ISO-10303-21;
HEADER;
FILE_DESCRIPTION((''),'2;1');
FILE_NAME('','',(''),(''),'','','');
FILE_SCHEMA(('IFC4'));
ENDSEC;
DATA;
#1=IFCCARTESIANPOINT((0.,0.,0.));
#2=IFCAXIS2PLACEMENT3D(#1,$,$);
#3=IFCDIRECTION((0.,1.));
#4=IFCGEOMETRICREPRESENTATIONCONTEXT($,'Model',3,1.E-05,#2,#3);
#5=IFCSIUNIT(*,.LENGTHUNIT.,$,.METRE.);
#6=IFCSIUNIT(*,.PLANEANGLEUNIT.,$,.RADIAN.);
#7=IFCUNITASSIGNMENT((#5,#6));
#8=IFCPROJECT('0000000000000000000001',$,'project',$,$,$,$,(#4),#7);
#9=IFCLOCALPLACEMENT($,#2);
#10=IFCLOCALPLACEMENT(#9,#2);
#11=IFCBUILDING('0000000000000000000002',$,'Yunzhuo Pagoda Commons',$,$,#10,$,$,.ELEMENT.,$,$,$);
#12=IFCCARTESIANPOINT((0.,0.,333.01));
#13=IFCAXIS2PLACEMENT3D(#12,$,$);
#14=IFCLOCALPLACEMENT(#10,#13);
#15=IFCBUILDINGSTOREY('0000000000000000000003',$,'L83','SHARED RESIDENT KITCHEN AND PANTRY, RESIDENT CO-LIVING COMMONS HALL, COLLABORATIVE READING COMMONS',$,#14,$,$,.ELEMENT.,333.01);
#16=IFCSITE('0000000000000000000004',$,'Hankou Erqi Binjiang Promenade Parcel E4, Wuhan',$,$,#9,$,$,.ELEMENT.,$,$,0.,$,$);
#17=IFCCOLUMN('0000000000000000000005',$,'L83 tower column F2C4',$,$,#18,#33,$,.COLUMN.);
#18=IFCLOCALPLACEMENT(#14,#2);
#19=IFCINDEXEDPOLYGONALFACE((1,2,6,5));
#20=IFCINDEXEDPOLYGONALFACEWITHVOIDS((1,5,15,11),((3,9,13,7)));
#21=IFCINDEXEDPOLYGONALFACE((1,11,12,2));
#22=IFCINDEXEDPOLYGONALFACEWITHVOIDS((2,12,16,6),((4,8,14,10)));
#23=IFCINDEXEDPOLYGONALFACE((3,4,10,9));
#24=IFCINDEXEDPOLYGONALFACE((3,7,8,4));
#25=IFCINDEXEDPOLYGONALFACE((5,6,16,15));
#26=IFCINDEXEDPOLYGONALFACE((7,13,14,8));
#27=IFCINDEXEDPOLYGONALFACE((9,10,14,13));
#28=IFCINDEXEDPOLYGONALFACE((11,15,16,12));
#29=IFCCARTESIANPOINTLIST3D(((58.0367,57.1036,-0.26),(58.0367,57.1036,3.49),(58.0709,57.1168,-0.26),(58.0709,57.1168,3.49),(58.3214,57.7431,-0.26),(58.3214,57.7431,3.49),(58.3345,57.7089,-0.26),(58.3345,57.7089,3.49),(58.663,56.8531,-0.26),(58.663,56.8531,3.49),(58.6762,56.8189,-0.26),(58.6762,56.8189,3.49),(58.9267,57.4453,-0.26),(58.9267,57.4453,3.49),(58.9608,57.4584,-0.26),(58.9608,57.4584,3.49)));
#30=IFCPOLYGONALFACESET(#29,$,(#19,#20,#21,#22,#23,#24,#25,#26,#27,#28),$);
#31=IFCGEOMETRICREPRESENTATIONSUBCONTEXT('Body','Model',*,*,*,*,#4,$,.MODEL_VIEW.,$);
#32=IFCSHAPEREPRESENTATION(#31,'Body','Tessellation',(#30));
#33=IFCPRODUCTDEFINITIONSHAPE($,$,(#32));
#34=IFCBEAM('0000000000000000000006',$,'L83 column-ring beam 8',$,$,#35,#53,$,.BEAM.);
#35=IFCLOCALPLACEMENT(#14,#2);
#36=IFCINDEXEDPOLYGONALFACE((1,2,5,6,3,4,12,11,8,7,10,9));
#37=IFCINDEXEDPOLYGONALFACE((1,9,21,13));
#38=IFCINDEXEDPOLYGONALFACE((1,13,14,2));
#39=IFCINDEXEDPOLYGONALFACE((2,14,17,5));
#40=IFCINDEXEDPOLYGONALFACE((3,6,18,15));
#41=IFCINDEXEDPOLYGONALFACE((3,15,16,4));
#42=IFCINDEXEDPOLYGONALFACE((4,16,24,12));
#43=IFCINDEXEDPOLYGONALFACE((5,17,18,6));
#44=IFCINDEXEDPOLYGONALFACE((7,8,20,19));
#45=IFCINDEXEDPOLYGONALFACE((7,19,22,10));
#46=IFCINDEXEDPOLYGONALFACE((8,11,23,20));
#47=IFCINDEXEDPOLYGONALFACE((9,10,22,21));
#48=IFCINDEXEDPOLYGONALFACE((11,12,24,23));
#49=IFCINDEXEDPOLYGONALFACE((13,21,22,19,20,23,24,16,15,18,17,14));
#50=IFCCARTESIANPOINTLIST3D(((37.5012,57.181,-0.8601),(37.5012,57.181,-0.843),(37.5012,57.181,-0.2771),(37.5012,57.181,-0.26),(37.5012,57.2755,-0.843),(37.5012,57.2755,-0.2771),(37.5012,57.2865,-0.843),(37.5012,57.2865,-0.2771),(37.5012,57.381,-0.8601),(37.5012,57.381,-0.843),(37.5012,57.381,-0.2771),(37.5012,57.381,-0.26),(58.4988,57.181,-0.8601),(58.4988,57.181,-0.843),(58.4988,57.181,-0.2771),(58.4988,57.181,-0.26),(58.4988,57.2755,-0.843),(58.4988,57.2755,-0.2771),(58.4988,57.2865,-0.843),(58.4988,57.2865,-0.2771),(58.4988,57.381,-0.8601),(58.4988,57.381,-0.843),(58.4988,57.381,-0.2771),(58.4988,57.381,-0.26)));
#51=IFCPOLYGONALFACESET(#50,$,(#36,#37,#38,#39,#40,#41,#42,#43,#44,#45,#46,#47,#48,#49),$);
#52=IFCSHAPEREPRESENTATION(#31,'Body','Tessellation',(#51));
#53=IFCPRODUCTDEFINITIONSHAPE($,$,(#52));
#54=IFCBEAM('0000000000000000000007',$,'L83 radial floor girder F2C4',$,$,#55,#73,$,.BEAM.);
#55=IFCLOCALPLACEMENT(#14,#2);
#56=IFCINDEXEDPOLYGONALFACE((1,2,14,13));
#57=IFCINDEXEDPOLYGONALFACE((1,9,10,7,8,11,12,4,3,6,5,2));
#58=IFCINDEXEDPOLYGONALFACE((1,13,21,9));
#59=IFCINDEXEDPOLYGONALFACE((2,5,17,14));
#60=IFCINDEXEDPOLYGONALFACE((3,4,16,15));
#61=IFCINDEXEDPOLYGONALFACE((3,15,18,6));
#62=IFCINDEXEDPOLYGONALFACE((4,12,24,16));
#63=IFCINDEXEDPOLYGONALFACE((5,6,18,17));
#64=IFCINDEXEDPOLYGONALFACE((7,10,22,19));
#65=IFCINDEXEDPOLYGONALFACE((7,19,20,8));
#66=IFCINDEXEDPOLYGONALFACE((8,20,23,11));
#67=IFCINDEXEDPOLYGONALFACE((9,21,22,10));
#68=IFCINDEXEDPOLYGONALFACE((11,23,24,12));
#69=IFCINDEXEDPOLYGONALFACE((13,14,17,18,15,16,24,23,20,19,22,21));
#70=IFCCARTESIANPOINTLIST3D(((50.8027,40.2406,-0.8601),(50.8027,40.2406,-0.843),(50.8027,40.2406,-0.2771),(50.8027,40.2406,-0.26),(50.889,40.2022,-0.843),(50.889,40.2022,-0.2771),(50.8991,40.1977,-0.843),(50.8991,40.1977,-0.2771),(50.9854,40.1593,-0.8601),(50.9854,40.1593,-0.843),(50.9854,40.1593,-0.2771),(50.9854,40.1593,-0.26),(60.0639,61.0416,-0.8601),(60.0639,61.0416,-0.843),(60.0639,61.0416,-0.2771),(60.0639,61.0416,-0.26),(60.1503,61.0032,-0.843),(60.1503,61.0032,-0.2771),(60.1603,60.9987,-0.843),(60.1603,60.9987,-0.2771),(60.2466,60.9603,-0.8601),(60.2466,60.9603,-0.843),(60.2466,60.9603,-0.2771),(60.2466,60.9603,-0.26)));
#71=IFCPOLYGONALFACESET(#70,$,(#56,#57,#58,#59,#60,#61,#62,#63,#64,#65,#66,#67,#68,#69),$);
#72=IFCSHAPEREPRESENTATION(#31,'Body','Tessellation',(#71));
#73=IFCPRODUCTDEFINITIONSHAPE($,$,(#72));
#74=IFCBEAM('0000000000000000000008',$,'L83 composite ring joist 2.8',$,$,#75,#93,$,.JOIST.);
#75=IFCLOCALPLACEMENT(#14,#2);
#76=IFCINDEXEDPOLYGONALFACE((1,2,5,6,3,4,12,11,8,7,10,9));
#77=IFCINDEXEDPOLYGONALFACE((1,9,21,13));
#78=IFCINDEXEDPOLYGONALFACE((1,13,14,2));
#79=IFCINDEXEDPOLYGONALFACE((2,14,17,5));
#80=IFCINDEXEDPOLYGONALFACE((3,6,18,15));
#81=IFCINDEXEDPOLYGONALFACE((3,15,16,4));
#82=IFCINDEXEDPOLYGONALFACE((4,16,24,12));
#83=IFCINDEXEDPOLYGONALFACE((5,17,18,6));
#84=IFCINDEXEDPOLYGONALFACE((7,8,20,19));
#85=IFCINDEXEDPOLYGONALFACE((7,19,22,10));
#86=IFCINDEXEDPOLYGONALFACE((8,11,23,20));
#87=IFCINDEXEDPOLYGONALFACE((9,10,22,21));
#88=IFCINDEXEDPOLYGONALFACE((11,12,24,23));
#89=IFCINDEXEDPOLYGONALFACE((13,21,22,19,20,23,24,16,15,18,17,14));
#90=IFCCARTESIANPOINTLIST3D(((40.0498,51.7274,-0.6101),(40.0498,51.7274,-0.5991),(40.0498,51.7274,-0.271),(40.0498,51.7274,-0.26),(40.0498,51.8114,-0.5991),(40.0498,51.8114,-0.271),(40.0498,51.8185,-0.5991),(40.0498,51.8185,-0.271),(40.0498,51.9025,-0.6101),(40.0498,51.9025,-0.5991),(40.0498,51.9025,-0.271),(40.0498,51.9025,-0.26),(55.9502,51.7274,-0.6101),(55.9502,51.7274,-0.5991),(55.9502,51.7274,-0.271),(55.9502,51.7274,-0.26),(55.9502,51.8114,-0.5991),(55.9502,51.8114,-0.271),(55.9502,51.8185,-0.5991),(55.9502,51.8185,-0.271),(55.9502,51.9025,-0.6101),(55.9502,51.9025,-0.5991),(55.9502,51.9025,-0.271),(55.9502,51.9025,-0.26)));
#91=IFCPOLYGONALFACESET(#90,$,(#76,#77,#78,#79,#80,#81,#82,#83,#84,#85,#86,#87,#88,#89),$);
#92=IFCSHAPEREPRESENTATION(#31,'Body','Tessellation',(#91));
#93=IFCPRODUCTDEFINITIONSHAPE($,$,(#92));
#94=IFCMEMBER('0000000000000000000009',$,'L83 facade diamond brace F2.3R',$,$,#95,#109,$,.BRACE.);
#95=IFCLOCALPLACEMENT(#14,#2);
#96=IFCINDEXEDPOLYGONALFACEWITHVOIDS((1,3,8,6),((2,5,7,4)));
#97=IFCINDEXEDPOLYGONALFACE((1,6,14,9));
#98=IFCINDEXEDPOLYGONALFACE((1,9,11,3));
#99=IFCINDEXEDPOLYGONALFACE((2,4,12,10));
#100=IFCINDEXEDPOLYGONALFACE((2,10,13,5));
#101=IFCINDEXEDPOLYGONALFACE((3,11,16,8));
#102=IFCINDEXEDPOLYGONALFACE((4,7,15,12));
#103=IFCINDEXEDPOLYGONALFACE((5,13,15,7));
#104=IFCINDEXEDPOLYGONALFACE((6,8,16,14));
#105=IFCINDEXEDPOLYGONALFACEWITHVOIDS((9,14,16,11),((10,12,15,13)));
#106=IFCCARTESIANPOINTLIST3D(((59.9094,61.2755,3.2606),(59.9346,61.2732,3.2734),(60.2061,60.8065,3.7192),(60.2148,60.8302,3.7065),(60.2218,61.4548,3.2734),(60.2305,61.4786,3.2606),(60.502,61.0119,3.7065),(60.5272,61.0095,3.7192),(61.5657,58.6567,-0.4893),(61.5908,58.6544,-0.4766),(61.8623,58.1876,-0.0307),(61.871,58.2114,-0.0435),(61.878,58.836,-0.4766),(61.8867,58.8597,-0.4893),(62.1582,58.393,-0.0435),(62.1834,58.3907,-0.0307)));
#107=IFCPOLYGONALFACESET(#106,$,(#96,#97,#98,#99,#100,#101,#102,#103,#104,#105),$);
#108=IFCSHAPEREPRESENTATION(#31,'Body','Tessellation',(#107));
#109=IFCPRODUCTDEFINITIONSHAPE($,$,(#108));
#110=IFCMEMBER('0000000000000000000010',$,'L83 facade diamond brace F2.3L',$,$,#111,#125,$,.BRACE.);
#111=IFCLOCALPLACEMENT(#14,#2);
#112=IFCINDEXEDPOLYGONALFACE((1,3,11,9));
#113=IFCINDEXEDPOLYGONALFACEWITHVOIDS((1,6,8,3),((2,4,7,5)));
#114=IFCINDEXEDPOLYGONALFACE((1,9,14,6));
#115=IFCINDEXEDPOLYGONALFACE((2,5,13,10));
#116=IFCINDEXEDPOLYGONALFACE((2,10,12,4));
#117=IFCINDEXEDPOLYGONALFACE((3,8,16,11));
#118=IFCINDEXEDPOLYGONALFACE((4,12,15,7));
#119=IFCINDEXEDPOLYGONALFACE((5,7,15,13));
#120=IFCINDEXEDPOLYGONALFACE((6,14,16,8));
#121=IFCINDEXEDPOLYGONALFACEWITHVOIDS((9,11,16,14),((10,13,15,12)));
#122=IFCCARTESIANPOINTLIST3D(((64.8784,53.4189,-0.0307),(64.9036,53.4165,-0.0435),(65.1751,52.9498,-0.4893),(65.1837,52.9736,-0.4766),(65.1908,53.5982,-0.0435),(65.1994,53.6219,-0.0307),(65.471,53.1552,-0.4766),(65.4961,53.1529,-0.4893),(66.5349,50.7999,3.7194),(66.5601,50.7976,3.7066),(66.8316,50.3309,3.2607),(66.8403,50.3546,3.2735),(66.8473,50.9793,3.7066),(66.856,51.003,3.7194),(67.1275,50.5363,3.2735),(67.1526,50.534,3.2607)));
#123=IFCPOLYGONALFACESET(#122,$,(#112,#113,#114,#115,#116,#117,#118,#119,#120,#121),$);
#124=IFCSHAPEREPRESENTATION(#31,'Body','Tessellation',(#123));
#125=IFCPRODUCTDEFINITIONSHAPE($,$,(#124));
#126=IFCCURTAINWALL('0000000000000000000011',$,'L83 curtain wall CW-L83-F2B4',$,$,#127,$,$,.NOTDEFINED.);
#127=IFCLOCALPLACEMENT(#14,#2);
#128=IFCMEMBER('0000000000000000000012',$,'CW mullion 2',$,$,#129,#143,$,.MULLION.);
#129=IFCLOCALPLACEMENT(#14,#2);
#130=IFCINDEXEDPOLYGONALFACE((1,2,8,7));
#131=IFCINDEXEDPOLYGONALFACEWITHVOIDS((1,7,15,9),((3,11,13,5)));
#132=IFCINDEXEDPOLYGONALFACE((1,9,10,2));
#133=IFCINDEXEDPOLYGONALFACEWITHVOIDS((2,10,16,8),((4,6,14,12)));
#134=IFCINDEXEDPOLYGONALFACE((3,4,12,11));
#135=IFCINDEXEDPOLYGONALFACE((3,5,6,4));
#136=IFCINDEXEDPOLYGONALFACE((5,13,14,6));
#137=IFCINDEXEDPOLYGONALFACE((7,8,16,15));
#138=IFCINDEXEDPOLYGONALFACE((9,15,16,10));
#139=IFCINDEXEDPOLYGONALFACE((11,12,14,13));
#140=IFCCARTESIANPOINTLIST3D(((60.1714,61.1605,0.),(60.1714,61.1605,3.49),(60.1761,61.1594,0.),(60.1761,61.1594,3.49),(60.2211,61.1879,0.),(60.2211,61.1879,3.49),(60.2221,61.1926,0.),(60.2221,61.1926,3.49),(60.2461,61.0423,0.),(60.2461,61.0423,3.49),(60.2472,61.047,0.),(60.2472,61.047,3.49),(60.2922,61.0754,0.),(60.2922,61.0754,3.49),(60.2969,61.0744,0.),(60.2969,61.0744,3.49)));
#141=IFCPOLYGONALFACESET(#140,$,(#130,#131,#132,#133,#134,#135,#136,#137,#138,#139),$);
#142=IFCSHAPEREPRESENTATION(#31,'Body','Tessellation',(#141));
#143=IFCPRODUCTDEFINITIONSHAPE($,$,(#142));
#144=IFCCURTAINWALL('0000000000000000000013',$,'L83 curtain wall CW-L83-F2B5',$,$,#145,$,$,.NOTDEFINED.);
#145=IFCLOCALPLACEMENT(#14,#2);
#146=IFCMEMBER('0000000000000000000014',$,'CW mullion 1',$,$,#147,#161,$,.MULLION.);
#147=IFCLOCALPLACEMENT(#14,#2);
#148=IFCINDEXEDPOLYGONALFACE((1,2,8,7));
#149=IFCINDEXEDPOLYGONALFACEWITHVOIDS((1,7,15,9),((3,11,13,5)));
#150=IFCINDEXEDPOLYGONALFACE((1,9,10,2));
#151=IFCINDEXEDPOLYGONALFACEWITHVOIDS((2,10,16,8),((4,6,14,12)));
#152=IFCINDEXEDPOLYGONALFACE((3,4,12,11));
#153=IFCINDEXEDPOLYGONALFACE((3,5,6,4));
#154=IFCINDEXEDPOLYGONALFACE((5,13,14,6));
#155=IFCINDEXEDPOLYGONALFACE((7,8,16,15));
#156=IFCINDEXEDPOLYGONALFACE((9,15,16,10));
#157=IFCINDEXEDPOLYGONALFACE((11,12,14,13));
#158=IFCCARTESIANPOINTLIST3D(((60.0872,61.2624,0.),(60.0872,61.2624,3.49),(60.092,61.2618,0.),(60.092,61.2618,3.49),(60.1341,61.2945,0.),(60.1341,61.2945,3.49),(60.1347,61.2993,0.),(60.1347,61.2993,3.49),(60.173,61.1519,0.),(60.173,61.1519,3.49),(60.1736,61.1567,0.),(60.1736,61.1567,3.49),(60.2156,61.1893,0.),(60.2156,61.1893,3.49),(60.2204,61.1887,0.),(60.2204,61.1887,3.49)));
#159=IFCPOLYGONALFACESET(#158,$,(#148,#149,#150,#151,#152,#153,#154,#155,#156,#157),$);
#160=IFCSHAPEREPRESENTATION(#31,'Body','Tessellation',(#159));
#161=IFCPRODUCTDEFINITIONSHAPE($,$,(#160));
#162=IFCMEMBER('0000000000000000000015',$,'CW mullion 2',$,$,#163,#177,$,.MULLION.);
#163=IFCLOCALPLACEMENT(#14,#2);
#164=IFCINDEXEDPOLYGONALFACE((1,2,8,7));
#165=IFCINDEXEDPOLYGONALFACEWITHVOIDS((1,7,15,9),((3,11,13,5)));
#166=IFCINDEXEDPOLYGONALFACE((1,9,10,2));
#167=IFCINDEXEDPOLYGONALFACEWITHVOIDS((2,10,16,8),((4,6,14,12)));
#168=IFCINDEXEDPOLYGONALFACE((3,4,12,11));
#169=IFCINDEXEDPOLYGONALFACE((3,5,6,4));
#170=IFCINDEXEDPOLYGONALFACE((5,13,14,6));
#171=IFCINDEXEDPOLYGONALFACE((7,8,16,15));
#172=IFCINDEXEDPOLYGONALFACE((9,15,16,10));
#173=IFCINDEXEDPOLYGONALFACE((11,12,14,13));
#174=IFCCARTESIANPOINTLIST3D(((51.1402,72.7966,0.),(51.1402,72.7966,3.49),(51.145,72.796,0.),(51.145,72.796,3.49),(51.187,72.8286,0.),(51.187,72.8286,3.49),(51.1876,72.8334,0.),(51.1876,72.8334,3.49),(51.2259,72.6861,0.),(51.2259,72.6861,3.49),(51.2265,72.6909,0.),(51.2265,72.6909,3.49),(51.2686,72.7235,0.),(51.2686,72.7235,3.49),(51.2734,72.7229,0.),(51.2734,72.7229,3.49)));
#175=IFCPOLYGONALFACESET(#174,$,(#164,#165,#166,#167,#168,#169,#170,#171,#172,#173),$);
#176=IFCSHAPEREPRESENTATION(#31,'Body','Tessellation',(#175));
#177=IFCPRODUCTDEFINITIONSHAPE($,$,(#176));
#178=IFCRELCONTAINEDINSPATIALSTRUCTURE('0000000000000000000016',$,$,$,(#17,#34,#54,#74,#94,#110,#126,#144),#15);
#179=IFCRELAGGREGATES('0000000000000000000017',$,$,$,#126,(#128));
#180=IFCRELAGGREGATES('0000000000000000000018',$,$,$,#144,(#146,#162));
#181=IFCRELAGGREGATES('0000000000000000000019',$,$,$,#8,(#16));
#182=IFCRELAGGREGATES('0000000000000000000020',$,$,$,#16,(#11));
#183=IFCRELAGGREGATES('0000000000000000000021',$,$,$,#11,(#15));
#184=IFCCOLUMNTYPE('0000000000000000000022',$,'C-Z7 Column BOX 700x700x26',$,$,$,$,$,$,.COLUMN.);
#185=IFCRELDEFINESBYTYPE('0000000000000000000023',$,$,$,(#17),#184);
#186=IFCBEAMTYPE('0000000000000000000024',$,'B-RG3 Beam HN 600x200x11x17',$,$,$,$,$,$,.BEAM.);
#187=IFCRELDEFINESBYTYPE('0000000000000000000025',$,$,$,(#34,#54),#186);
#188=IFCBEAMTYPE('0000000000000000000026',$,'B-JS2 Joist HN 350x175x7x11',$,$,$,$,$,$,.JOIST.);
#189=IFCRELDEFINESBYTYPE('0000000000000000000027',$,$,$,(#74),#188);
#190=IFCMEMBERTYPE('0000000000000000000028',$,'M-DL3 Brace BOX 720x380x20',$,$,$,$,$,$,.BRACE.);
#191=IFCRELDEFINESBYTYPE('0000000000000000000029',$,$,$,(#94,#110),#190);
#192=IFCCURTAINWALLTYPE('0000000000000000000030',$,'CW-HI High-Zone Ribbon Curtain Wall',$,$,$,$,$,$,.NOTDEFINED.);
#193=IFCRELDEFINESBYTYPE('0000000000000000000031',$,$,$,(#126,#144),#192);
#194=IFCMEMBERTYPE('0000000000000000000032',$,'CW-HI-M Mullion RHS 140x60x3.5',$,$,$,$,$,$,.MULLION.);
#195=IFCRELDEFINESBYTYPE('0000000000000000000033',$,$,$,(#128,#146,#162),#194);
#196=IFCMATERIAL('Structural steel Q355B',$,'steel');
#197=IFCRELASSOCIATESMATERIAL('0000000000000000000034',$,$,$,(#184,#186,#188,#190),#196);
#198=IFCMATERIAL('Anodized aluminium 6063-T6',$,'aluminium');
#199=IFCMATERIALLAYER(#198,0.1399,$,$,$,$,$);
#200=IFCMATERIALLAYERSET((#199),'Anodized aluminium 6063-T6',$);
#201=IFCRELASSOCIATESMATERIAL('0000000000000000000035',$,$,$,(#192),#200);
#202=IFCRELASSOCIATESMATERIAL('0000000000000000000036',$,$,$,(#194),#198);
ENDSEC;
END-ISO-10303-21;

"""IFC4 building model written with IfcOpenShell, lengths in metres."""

from ifc_helpers import new_model, si_unit, direction, frame, origin, origin_2d, place, context, subcontext, project, spatial, hollow_rectangle, i_section, extrude, source, transform, mapped, material, layer, layer_set, material_profile, profile_set, type_object, element, aggregate, save


model = new_model("IFC4")

# Units and contexts
model_context = context("Model", 3, precision=1e-05, world=origin(), true_north=direction((0.0, 1.0)))
body_context = subcontext(model_context, "Body", "Model", "MODEL_VIEW")
ifc_project = project(units=[si_unit("LENGTHUNIT", "METRE"), si_unit("PLANEANGLEUNIT", "RADIAN")], contexts=[model_context])

# Site, building, storey
site_placement = place(None, origin())
site = spatial("IfcSite", under=ifc_project, at=site_placement, Name="Hankou Erqi Binjiang Promenade Parcel E4, Wuhan", CompositionType="ELEMENT", RefElevation=0.0)
building_placement = place(site_placement, origin())
building = spatial("IfcBuilding", under=site, at=building_placement, Name="Yunzhuo Pagoda Commons", CompositionType="ELEMENT")
storey_placement = place(building_placement, frame((0.0, 0.0, 333.01)))
storey = spatial("IfcBuildingStorey", under=building, at=storey_placement, Name="L83", Description="SHARED RESIDENT KITCHEN AND PANTRY, RESIDENT CO-LIVING COMMONS HALL, COLLABORATIVE READING COMMONS", CompositionType="ELEMENT", Elevation=333.01)

# Column
ifc_material_1 = material(Name="Structural steel Q355B", Category="steel")
ifc_material_profile_1 = material_profile(ifc_material_1, hollow_rectangle(XDim=0.7, YDim=0.7, WallThickness=0.0259, at=origin_2d()), Name="Structural steel Q355B")
ifc_profile_set_1 = profile_set([ifc_material_profile_1], Name="Structural steel Q355B")
column_type = type_object("IfcColumnType", Name="C-Z7 Column BOX 700x700x26", PredefinedType="COLUMN", material=ifc_profile_set_1)
shared_shape_1 = source(origin(), body_context, "Body", "SweptSolid", [
    extrude(hollow_rectangle(XDim=0.7, YDim=0.7, WallThickness=0.0259, at=origin_2d()), origin(), (0.0, 0.0, 1.0), 3.75),
])
column_placement = place(storey_placement, frame((58.4988, 57.281, -0.26), z_axis=(0.0, 0.0, 1.0), x_axis=(-0.913545, 0.406737, 0.0)))
element("IfcColumn", 1, at=column_placement, inside=storey, type_object=column_type, Name="L83 tower column F2C4", PredefinedType="COLUMN", context=body_context, shape_type="MappedRepresentation", body=[
    mapped(shared_shape_1, transform((0.0, 0.0, 0.0), scale=1.0)),
])

# Beams
ifc_material_profile_2 = material_profile(ifc_material_1, i_section(OverallWidth=0.2, OverallDepth=0.6001, WebThickness=0.011, FlangeThickness=0.0171, at=origin_2d()), Name="Structural steel Q355B")
ifc_profile_set_2 = profile_set([ifc_material_profile_2], Name="Structural steel Q355B")
beam_type_1 = type_object("IfcBeamType", Name="B-RG3 Beam HN 600x200x11x17", PredefinedType="BEAM", material=ifc_profile_set_2)
shared_shape_2 = source(origin(), body_context, "Body", "SweptSolid", [
    extrude(i_section(OverallWidth=0.2, OverallDepth=0.6001, WebThickness=0.011, FlangeThickness=0.0171, at=origin_2d()), origin(), (0.0, 0.0, 1.0), 20.9976),
])
beam_1_placement = place(storey_placement, frame((58.4988, 57.281, -0.5601), z_axis=(-1.0, 0.0, 0.0), x_axis=(0.0, -1.0, 0.0)))
element("IfcBeam", 2, at=beam_1_placement, inside=storey, type_object=beam_type_1, Name="L83 column-ring beam 8", PredefinedType="BEAM", context=body_context, shape_type="MappedRepresentation", body=[
    mapped(shared_shape_2, transform((0.0, 0.0, 0.0), scale=1.0)),
])
shared_shape_3 = source(origin(), body_context, "Body", "SweptSolid", [
    extrude(i_section(OverallWidth=0.2, OverallDepth=0.6001, WebThickness=0.011, FlangeThickness=0.0171, at=origin_2d()), origin(), (0.0, 0.0, 1.0), 22.7695),
])
beam_2_placement = place(storey_placement, frame((60.1553, 61.001, -0.5601), z_axis=(-0.406737, -0.913545, 0.0), x_axis=(0.913545, -0.406737, 0.0)))
element("IfcBeam", 3, at=beam_2_placement, inside=storey, type_object=beam_type_1, Name="L83 radial floor girder F2C4", PredefinedType="BEAM", context=body_context, shape_type="MappedRepresentation", body=[
    mapped(shared_shape_3, transform((0.0, 0.0, 0.0), scale=1.0)),
])
ifc_material_profile_3 = material_profile(ifc_material_1, i_section(OverallWidth=0.175, OverallDepth=0.3501, WebThickness=0.0071, FlangeThickness=0.011, at=origin_2d()), Name="Structural steel Q355B")
ifc_profile_set_3 = profile_set([ifc_material_profile_3], Name="Structural steel Q355B")
beam_type_2 = type_object("IfcBeamType", Name="B-JS2 Joist HN 350x175x7x11", PredefinedType="JOIST", material=ifc_profile_set_3)
shared_shape_4 = source(origin(), body_context, "Body", "SweptSolid", [
    extrude(i_section(OverallWidth=0.175, OverallDepth=0.3501, WebThickness=0.0071, FlangeThickness=0.011, at=origin_2d()), origin(), (0.0, 0.0, 1.0), 15.9004),
])
beam_3_placement = place(storey_placement, frame((55.9502, 51.8149, -0.4351), z_axis=(-1.0, 0.0, 0.0), x_axis=(0.0, -1.0, 0.0)))
element("IfcBeam", 4, at=beam_3_placement, inside=storey, type_object=beam_type_2, Name="L83 composite ring joist 2.8", PredefinedType="JOIST", context=body_context, shape_type="MappedRepresentation", body=[
    mapped(shared_shape_4, transform((0.0, 0.0, 0.0), scale=1.0)),
])

# Members
ifc_material_profile_4 = material_profile(ifc_material_1, hollow_rectangle(XDim=0.3799, YDim=0.72, WallThickness=0.02, at=origin_2d()), Name="Structural steel Q355B")
ifc_profile_set_4 = profile_set([ifc_material_profile_4], Name="Structural steel Q355B")
member_type_1 = type_object("IfcMemberType", Name="M-DL3 Brace BOX 720x380x20", PredefinedType="BRACE", material=ifc_profile_set_4)
shared_shape_5 = source(origin(), body_context, "Body", "SweptSolid", [
    extrude(hollow_rectangle(XDim=0.3799, YDim=0.72, WallThickness=0.02, at=origin_2d()), origin(), (0.0, 0.0, 1.0), 4.8645),
])
member_1_placement = place(storey_placement, frame((61.8745, 58.5237, -0.26), z_axis=(-0.34047, 0.538359, 0.770876), x_axis=(-0.845167, -0.534503, 0.0)))
element("IfcMember", 5, at=member_1_placement, inside=storey, type_object=member_type_1, Name="L83 facade diamond brace F2.3R", PredefinedType="BRACE", context=body_context, shape_type="MappedRepresentation", body=[
    mapped(shared_shape_5, transform((0.0, 0.0, 0.0), scale=1.0)),
])
shared_shape_6 = source(origin(), body_context, "Body", "SweptSolid", [
    extrude(hollow_rectangle(XDim=0.3799, YDim=0.72, WallThickness=0.02, at=origin_2d()), origin(), (0.0, 0.0, 1.0), 4.8647),
])
member_2_placement = place(storey_placement, frame((65.1873, 53.2859, -0.26), z_axis=(0.340515, -0.538349, 0.770863), x_axis=(0.845131, 0.534559, 0.0)))
element("IfcMember", 6, at=member_2_placement, inside=storey, type_object=member_type_1, Name="L83 facade diamond brace F2.3L", PredefinedType="BRACE", context=body_context, shape_type="MappedRepresentation", body=[
    mapped(shared_shape_6, transform((0.0, 0.0, 0.0), scale=1.0)),
])

# Curtain wall, member
ifc_material_2 = material(Name="Anodized aluminium 6063-T6", Category="aluminium")
ifc_layer_1 = layer(ifc_material_2, 0.1399)
ifc_layer_set_1 = layer_set([ifc_layer_1], Name="Anodized aluminium 6063-T6")
curtain_wall_type = type_object("IfcCurtainWallType", Name="CW-HI High-Zone Ribbon Curtain Wall", PredefinedType="NOTDEFINED", material=ifc_layer_set_1)
curtain_wall_1_placement = place(storey_placement, origin())
curtain_wall_1 = element("IfcCurtainWall", 7, at=curtain_wall_1_placement, inside=storey, type_object=curtain_wall_type, Name="L83 curtain wall CW-L83-F2B4", PredefinedType="NOTDEFINED")
ifc_material_profile_5 = material_profile(ifc_material_2, hollow_rectangle(XDim=0.0601, YDim=0.1399, WallThickness=0.0034, at=origin_2d()), Name="Anodized aluminium 6063-T6")
ifc_profile_set_5 = profile_set([ifc_material_profile_5], Name="Anodized aluminium 6063-T6")
member_type_2 = type_object("IfcMemberType", Name="CW-HI-M Mullion RHS 140x60x3.5", PredefinedType="MULLION", material=ifc_profile_set_5)
shared_shape_7 = source(origin(), body_context, "Body", "SweptSolid", [
    extrude(hollow_rectangle(XDim=0.0601, YDim=0.1399, WallThickness=0.0034, at=origin_2d()), origin(), (0.0, 0.0, 1.0), 3.49),
])
member_3_placement = place(storey_placement, frame((60.2341, 61.1174, 0.0), z_axis=(0.0, 0.0, 1.0), x_axis=(-0.845149, -0.534531, 0.0)))
member_3 = element("IfcMember", 8, at=member_3_placement, type_object=member_type_2, Name="CW mullion 2", PredefinedType="MULLION", context=body_context, shape_type="MappedRepresentation", body=[
    mapped(shared_shape_7, transform((0.0, 0.0, 0.0), scale=1.0)),
])

# Curtain wall, members
curtain_wall_2_placement = place(storey_placement, origin())
curtain_wall_2 = element("IfcCurtainWall", 9, at=curtain_wall_2_placement, inside=storey, type_object=curtain_wall_type, Name="L83 curtain wall CW-L83-F2B5", PredefinedType="NOTDEFINED")
member_4_placement = place(storey_placement, frame((60.1538, 61.2256, 0.0), z_axis=(0.0, 0.0, 1.0), x_axis=(-0.790147, -0.612918, 0.0)))
member_4 = element("IfcMember", 10, at=member_4_placement, type_object=member_type_2, Name="CW mullion 1", PredefinedType="MULLION", context=body_context, shape_type="MappedRepresentation", body=[
    mapped(shared_shape_7, transform((0.0, 0.0, 0.0), scale=1.0)),
])
member_5_placement = place(storey_placement, frame((51.2068, 72.7598, 0.0), z_axis=(0.0, 0.0, 1.0), x_axis=(-0.790147, -0.612918, 0.0)))
member_5 = element("IfcMember", 11, at=member_5_placement, type_object=member_type_2, Name="CW mullion 2", PredefinedType="MULLION", context=body_context, shape_type="MappedRepresentation", body=[
    mapped(shared_shape_7, transform((0.0, 0.0, 0.0), scale=1.0)),
])

aggregate(curtain_wall_1, [member_3])
aggregate(curtain_wall_2, [member_4, member_5])

save(model, "model.ifc")
